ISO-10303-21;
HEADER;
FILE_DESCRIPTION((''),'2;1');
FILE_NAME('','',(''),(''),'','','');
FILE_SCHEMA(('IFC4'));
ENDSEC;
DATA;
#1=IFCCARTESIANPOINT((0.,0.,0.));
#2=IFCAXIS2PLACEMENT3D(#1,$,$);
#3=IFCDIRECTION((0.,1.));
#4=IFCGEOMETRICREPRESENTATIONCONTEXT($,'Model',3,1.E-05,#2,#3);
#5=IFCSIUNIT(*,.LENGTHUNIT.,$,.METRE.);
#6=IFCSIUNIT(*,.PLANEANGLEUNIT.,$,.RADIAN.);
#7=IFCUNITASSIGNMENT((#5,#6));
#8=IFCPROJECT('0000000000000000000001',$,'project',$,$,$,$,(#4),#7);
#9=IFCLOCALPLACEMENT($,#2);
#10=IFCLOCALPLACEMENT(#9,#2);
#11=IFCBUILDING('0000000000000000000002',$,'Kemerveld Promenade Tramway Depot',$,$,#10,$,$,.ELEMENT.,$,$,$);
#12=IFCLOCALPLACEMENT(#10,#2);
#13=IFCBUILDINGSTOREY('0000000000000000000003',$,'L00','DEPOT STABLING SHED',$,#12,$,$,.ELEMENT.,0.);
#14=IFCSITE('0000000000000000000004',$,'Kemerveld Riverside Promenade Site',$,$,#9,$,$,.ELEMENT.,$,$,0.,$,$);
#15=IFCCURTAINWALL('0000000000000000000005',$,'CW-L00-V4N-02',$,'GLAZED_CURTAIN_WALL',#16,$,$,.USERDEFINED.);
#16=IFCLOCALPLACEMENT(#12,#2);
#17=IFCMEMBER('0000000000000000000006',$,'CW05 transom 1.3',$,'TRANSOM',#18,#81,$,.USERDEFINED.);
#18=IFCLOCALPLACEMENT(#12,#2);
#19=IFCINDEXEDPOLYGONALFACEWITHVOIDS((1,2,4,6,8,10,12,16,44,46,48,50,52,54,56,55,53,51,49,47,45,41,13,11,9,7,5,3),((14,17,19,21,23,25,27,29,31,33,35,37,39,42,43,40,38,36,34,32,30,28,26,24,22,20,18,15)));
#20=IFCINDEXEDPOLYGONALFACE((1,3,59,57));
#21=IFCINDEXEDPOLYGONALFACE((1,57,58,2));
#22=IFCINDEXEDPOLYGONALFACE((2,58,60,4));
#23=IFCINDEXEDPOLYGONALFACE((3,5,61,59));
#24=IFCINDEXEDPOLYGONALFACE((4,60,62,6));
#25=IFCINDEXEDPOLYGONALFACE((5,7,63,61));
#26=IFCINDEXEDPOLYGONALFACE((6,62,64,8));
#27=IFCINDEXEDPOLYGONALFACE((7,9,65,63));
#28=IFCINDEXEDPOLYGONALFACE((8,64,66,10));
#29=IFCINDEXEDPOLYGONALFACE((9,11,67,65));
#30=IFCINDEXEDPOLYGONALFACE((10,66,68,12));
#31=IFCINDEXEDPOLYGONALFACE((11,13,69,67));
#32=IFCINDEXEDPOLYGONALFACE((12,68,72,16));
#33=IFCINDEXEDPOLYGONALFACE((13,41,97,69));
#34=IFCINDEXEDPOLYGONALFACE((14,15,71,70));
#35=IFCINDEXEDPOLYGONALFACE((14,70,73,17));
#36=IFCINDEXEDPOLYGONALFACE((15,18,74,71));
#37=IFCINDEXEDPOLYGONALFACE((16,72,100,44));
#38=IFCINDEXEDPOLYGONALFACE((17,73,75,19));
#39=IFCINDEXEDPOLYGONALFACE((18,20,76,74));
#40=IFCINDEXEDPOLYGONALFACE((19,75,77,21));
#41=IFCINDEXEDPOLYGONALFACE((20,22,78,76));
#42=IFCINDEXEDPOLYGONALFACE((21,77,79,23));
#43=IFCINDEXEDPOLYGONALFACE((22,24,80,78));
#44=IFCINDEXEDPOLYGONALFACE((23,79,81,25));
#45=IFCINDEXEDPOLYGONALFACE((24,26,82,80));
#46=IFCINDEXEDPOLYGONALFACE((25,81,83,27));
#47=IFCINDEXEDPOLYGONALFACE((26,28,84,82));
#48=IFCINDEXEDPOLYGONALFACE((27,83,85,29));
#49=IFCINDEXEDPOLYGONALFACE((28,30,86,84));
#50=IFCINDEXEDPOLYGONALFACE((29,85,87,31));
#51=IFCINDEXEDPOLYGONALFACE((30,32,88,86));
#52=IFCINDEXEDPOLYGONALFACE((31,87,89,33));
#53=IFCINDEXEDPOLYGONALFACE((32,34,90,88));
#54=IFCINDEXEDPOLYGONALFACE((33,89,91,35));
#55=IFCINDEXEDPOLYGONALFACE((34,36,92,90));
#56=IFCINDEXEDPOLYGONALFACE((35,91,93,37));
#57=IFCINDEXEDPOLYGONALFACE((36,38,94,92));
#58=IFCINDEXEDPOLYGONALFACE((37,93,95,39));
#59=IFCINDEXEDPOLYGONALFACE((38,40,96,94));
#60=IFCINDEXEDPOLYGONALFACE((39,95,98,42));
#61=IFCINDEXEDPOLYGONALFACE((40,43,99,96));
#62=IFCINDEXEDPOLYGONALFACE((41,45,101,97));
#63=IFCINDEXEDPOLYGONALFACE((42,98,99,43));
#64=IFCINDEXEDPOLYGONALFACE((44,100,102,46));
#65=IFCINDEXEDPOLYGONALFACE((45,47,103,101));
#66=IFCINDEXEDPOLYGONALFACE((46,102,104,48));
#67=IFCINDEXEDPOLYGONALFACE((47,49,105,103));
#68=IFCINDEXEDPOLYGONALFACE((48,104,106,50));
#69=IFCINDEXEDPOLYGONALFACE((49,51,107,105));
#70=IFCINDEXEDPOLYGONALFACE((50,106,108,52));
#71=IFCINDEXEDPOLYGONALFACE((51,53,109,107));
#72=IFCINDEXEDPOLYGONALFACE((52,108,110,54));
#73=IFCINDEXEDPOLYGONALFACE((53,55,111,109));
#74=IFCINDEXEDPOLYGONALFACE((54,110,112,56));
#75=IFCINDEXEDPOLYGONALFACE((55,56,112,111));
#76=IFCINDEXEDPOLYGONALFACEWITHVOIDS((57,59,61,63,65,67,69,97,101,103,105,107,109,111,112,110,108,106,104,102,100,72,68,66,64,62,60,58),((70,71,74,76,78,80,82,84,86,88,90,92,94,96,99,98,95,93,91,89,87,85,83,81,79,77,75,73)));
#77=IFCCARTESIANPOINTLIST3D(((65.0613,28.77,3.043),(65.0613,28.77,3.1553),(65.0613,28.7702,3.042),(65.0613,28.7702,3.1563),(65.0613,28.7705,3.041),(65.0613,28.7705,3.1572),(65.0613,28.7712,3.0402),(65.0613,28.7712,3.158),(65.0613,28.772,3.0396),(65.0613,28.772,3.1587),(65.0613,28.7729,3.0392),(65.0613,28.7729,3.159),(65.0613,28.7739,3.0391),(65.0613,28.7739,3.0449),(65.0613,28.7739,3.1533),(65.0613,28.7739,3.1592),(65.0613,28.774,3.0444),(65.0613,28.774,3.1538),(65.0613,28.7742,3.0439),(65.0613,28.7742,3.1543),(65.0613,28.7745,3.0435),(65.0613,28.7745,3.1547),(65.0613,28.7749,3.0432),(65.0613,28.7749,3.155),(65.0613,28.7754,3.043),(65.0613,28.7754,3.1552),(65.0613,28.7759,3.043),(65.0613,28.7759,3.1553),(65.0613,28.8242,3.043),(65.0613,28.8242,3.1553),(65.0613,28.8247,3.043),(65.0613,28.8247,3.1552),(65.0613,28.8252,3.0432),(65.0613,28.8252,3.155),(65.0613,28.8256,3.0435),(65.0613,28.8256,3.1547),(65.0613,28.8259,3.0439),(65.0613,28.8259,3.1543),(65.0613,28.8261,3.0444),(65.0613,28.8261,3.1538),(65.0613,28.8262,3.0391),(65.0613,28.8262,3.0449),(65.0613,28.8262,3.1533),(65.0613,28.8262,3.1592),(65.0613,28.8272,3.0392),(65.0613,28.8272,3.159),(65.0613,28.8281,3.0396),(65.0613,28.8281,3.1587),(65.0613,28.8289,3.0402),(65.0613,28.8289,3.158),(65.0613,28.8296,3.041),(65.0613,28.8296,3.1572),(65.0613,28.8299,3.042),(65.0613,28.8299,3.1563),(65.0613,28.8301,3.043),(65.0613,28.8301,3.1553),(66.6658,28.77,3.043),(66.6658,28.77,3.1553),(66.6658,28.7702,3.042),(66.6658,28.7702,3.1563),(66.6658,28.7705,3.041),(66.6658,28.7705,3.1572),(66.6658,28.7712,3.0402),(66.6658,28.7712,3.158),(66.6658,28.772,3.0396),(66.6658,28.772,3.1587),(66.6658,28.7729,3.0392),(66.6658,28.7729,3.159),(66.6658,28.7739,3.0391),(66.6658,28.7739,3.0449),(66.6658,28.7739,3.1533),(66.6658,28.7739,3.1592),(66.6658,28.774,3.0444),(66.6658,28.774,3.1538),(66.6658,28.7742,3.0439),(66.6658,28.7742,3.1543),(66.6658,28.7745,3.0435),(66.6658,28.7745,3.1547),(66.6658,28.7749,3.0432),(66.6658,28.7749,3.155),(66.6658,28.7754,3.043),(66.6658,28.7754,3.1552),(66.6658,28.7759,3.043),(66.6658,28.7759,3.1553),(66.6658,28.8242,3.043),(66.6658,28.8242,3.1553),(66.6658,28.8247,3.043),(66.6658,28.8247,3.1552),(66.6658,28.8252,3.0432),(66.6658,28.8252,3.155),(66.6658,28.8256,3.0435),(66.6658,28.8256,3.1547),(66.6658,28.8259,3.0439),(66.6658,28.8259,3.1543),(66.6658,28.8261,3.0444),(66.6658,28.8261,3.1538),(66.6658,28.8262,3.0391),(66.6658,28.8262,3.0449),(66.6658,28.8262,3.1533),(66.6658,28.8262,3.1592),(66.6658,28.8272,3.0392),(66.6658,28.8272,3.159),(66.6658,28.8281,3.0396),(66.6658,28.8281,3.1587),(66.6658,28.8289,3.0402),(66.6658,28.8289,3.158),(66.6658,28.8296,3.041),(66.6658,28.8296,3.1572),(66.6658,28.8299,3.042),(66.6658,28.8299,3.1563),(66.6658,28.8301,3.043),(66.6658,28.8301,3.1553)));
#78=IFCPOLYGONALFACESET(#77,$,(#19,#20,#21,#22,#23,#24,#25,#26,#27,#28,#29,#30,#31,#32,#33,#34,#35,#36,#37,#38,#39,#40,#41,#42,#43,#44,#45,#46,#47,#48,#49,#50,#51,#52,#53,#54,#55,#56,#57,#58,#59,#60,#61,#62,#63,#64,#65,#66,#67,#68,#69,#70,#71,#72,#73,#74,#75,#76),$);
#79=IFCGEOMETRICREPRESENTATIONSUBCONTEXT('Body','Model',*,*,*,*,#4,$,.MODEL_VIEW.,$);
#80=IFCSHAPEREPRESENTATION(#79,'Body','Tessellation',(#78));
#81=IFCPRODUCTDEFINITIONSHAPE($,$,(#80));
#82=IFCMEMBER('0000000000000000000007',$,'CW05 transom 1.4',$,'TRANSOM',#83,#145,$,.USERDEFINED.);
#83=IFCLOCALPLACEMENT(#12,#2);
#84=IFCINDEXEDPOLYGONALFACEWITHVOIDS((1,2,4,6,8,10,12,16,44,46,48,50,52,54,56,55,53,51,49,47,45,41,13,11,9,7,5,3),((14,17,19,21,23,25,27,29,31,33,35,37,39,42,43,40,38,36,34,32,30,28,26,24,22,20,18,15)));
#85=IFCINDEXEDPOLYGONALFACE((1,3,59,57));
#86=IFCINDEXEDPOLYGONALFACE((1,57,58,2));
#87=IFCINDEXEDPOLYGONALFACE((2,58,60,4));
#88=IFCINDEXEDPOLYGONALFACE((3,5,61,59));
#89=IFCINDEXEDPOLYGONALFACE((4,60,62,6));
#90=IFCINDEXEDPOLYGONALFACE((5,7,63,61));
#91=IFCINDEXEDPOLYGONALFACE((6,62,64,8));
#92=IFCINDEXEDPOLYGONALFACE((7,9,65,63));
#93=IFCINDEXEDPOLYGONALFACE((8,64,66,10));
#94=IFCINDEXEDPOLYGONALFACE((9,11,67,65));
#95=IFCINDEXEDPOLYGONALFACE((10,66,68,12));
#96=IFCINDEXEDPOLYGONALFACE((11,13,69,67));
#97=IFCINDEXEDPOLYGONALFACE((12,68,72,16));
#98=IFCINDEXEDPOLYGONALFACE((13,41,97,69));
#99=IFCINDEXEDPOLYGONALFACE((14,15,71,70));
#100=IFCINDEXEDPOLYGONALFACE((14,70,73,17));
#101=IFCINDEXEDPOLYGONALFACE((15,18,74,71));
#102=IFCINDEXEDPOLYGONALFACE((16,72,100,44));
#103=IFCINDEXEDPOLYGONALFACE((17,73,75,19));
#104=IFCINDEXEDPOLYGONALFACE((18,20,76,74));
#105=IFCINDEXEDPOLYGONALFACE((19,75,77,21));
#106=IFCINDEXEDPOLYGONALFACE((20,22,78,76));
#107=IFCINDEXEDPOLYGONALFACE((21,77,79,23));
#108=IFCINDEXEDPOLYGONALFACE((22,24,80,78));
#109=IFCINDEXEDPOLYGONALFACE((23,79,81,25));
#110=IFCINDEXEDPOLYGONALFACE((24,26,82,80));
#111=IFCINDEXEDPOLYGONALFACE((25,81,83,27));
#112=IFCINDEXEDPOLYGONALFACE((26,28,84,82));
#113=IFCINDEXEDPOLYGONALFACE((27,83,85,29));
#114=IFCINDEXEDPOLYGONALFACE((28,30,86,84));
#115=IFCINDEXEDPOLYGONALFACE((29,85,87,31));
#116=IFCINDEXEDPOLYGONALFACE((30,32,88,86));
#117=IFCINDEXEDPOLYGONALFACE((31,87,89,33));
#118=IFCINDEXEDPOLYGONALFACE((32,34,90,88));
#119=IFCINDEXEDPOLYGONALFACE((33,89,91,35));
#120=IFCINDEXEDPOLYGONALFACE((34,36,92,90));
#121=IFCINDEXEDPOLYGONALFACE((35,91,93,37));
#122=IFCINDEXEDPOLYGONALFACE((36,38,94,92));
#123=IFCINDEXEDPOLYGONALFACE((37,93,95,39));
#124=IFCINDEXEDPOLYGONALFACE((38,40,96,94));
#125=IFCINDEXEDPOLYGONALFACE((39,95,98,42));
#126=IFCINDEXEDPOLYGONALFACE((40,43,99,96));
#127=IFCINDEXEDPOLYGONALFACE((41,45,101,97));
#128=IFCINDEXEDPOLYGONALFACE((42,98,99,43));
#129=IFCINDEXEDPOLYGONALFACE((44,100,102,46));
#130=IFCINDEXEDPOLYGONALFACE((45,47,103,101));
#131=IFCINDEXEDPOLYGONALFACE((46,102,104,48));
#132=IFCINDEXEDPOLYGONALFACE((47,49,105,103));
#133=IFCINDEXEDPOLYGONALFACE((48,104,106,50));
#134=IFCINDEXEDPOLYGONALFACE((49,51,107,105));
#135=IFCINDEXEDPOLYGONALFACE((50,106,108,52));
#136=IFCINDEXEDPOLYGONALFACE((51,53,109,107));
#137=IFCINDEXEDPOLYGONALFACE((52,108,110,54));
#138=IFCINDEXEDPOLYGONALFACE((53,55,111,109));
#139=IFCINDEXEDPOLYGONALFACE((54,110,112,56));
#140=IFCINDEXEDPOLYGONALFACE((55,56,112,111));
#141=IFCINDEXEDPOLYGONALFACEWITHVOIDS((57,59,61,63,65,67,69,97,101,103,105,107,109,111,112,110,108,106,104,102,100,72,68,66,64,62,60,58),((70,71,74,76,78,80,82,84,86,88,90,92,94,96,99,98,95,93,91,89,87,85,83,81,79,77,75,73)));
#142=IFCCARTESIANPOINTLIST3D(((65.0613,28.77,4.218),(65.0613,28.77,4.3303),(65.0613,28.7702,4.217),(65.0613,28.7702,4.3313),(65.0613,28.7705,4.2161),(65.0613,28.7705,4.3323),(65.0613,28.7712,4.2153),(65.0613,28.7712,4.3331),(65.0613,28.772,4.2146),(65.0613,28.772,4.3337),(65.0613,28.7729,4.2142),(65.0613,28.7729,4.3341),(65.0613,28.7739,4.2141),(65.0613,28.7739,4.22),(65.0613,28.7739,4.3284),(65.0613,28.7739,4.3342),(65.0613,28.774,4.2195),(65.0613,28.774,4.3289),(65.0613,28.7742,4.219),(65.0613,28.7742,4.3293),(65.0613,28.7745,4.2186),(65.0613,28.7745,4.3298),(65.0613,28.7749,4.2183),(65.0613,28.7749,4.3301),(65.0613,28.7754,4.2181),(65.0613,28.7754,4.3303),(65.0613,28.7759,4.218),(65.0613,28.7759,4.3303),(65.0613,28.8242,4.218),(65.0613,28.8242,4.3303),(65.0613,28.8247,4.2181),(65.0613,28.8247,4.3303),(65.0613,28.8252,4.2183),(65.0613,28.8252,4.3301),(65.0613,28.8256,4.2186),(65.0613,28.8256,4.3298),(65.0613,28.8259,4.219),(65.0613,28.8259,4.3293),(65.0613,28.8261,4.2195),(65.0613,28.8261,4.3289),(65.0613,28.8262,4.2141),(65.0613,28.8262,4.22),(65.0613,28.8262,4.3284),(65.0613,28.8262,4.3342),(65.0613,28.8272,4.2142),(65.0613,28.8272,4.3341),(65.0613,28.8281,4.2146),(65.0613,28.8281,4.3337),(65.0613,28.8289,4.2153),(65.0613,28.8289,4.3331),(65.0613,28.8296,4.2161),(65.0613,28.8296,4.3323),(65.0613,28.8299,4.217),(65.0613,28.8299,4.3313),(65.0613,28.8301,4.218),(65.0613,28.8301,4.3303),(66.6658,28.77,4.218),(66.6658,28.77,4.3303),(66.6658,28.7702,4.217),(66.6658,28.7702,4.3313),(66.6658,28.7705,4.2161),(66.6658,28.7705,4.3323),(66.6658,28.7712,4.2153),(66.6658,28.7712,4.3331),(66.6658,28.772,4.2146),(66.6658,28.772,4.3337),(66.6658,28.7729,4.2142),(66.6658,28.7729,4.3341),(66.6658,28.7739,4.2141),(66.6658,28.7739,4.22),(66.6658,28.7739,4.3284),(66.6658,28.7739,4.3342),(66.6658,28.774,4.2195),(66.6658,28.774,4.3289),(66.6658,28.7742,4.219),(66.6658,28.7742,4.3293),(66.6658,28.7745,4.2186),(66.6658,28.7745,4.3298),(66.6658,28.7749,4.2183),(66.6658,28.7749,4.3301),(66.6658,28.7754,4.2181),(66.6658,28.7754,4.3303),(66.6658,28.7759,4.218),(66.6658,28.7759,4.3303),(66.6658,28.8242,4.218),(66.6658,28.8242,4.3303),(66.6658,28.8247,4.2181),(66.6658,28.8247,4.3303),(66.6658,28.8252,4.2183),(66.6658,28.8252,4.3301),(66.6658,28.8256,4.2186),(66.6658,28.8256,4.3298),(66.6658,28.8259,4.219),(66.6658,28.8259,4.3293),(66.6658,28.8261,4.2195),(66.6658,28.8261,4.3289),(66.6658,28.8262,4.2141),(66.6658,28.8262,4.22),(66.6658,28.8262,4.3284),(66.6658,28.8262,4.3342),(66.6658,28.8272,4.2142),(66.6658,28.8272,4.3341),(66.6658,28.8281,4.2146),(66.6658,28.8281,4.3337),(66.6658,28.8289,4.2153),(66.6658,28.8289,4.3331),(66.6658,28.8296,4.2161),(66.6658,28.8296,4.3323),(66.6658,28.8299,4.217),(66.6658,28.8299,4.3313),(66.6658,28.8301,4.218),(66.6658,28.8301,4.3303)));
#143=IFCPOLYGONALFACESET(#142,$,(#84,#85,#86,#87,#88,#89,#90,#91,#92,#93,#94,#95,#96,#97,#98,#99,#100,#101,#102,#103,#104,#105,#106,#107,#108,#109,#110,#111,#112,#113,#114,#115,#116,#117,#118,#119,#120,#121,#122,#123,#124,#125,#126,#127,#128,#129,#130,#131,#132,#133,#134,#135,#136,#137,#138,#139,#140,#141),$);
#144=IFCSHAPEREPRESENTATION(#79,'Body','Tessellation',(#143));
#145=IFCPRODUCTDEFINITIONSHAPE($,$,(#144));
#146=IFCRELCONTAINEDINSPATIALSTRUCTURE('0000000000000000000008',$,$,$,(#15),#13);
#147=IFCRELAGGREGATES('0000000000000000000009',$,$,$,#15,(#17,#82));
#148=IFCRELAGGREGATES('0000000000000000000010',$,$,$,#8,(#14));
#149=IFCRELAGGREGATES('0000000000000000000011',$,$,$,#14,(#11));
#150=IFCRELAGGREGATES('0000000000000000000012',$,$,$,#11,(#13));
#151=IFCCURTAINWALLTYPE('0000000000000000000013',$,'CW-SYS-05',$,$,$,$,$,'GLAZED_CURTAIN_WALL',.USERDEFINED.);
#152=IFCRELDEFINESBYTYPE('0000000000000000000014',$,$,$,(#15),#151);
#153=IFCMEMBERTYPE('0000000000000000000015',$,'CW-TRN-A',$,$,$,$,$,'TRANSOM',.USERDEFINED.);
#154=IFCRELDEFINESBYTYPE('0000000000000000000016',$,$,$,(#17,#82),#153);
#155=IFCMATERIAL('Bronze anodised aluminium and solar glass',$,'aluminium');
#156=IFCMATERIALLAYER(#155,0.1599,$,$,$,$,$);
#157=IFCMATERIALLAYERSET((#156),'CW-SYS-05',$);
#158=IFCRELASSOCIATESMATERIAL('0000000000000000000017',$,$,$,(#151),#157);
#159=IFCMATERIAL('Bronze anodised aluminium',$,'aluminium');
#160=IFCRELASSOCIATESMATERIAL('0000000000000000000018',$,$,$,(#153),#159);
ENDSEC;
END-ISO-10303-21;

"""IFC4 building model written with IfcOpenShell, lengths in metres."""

from ifc_helpers import new_model, si_unit, direction, frame, origin, origin_2d, place, context, subcontext, project, spatial, hollow_rectangle, extrude, material, layer, layer_set, material_profile, profile_set, type_object, element, aggregate, save


model = new_model("IFC4")

# Units and contexts
model_context = context("Model", 3, precision=1e-05, world=origin(), true_north=direction((0.0, 1.0)))
body_context = subcontext(model_context, "Body", "Model", "MODEL_VIEW")
ifc_project = project(units=[si_unit("LENGTHUNIT", "METRE"), si_unit("PLANEANGLEUNIT", "RADIAN")], contexts=[model_context])

# Site, building, storey
site_placement = place(None, origin())
site = spatial("IfcSite", under=ifc_project, at=site_placement, Name="Kemerveld Riverside Promenade Site", CompositionType="ELEMENT", RefElevation=0.0)
building_placement = place(site_placement, origin())
building = spatial("IfcBuilding", under=site, at=building_placement, Name="Kemerveld Promenade Tramway Depot", CompositionType="ELEMENT")
storey_placement = place(building_placement, origin())
storey = spatial("IfcBuildingStorey", under=building, at=storey_placement, Name="L00", Description="DEPOT STABLING SHED", CompositionType="ELEMENT", Elevation=0.0)

# Curtain wall, members
ifc_material_1 = material(Name="Bronze anodised aluminium and solar glass", Category="aluminium")
ifc_layer_1 = layer(ifc_material_1, 0.1599)
ifc_layer_set_1 = layer_set([ifc_layer_1], Name="CW-SYS-05")
curtain_wall_type = type_object("IfcCurtainWallType", Name="CW-SYS-05", ElementType="GLAZED_CURTAIN_WALL", PredefinedType="USERDEFINED", material=ifc_layer_set_1)
curtain_wall_placement = place(storey_placement, origin())
curtain_wall = element("IfcCurtainWall", 1, at=curtain_wall_placement, inside=storey, type_object=curtain_wall_type, Name="CW-L00-V4N-02", ObjectType="GLAZED_CURTAIN_WALL", PredefinedType="USERDEFINED")
ifc_material_2 = material(Name="Bronze anodised aluminium", Category="aluminium")
ifc_material_profile_1 = material_profile(ifc_material_2, hollow_rectangle(XDim=0.0601, YDim=0.1201, WallThickness=0.0039, InnerFilletRadius=0.002, OuterFilletRadius=0.0039, at=origin_2d()), Name="CW-TRN-120x60")
ifc_profile_set_1 = profile_set([ifc_material_profile_1], Name="Bronze anodised aluminium")
member_type_1 = type_object("IfcMemberType", Name="CW-TRN-A", ElementType="TRANSOM", PredefinedType="USERDEFINED", material=ifc_profile_set_1)
member_1_placement = place(storey_placement, frame((65.0613, 28.8, 3.0991), z_axis=(1.0, 0.0, 0.0), x_axis=(0.0, 1.0, 0.0)))
member_1 = element("IfcMember", 2, at=member_1_placement, type_object=member_type_1, Name="CW05 transom 1.3", ObjectType="TRANSOM", PredefinedType="USERDEFINED", context=body_context, shape_type="SweptSolid", body=[
    extrude(hollow_rectangle(XDim=0.0601, YDim=0.1201, WallThickness=0.0039, InnerFilletRadius=0.002, OuterFilletRadius=0.0039, at=origin_2d()), origin(), (0.0, 0.0, 1.0), 1.6045),
])
member_2_placement = place(storey_placement, frame((65.0613, 28.8, 4.2742), z_axis=(1.0, 0.0, 0.0), x_axis=(0.0, 1.0, 0.0)))
member_2 = element("IfcMember", 3, at=member_2_placement, type_object=member_type_1, Name="CW05 transom 1.4", ObjectType="TRANSOM", PredefinedType="USERDEFINED", context=body_context, shape_type="SweptSolid", body=[
    extrude(hollow_rectangle(XDim=0.0601, YDim=0.1201, WallThickness=0.0039, InnerFilletRadius=0.002, OuterFilletRadius=0.0039, at=origin_2d()), origin(), (0.0, 0.0, 1.0), 1.6045),
])
aggregate(curtain_wall, [member_1, member_2])

save(model, "model.ifc")
